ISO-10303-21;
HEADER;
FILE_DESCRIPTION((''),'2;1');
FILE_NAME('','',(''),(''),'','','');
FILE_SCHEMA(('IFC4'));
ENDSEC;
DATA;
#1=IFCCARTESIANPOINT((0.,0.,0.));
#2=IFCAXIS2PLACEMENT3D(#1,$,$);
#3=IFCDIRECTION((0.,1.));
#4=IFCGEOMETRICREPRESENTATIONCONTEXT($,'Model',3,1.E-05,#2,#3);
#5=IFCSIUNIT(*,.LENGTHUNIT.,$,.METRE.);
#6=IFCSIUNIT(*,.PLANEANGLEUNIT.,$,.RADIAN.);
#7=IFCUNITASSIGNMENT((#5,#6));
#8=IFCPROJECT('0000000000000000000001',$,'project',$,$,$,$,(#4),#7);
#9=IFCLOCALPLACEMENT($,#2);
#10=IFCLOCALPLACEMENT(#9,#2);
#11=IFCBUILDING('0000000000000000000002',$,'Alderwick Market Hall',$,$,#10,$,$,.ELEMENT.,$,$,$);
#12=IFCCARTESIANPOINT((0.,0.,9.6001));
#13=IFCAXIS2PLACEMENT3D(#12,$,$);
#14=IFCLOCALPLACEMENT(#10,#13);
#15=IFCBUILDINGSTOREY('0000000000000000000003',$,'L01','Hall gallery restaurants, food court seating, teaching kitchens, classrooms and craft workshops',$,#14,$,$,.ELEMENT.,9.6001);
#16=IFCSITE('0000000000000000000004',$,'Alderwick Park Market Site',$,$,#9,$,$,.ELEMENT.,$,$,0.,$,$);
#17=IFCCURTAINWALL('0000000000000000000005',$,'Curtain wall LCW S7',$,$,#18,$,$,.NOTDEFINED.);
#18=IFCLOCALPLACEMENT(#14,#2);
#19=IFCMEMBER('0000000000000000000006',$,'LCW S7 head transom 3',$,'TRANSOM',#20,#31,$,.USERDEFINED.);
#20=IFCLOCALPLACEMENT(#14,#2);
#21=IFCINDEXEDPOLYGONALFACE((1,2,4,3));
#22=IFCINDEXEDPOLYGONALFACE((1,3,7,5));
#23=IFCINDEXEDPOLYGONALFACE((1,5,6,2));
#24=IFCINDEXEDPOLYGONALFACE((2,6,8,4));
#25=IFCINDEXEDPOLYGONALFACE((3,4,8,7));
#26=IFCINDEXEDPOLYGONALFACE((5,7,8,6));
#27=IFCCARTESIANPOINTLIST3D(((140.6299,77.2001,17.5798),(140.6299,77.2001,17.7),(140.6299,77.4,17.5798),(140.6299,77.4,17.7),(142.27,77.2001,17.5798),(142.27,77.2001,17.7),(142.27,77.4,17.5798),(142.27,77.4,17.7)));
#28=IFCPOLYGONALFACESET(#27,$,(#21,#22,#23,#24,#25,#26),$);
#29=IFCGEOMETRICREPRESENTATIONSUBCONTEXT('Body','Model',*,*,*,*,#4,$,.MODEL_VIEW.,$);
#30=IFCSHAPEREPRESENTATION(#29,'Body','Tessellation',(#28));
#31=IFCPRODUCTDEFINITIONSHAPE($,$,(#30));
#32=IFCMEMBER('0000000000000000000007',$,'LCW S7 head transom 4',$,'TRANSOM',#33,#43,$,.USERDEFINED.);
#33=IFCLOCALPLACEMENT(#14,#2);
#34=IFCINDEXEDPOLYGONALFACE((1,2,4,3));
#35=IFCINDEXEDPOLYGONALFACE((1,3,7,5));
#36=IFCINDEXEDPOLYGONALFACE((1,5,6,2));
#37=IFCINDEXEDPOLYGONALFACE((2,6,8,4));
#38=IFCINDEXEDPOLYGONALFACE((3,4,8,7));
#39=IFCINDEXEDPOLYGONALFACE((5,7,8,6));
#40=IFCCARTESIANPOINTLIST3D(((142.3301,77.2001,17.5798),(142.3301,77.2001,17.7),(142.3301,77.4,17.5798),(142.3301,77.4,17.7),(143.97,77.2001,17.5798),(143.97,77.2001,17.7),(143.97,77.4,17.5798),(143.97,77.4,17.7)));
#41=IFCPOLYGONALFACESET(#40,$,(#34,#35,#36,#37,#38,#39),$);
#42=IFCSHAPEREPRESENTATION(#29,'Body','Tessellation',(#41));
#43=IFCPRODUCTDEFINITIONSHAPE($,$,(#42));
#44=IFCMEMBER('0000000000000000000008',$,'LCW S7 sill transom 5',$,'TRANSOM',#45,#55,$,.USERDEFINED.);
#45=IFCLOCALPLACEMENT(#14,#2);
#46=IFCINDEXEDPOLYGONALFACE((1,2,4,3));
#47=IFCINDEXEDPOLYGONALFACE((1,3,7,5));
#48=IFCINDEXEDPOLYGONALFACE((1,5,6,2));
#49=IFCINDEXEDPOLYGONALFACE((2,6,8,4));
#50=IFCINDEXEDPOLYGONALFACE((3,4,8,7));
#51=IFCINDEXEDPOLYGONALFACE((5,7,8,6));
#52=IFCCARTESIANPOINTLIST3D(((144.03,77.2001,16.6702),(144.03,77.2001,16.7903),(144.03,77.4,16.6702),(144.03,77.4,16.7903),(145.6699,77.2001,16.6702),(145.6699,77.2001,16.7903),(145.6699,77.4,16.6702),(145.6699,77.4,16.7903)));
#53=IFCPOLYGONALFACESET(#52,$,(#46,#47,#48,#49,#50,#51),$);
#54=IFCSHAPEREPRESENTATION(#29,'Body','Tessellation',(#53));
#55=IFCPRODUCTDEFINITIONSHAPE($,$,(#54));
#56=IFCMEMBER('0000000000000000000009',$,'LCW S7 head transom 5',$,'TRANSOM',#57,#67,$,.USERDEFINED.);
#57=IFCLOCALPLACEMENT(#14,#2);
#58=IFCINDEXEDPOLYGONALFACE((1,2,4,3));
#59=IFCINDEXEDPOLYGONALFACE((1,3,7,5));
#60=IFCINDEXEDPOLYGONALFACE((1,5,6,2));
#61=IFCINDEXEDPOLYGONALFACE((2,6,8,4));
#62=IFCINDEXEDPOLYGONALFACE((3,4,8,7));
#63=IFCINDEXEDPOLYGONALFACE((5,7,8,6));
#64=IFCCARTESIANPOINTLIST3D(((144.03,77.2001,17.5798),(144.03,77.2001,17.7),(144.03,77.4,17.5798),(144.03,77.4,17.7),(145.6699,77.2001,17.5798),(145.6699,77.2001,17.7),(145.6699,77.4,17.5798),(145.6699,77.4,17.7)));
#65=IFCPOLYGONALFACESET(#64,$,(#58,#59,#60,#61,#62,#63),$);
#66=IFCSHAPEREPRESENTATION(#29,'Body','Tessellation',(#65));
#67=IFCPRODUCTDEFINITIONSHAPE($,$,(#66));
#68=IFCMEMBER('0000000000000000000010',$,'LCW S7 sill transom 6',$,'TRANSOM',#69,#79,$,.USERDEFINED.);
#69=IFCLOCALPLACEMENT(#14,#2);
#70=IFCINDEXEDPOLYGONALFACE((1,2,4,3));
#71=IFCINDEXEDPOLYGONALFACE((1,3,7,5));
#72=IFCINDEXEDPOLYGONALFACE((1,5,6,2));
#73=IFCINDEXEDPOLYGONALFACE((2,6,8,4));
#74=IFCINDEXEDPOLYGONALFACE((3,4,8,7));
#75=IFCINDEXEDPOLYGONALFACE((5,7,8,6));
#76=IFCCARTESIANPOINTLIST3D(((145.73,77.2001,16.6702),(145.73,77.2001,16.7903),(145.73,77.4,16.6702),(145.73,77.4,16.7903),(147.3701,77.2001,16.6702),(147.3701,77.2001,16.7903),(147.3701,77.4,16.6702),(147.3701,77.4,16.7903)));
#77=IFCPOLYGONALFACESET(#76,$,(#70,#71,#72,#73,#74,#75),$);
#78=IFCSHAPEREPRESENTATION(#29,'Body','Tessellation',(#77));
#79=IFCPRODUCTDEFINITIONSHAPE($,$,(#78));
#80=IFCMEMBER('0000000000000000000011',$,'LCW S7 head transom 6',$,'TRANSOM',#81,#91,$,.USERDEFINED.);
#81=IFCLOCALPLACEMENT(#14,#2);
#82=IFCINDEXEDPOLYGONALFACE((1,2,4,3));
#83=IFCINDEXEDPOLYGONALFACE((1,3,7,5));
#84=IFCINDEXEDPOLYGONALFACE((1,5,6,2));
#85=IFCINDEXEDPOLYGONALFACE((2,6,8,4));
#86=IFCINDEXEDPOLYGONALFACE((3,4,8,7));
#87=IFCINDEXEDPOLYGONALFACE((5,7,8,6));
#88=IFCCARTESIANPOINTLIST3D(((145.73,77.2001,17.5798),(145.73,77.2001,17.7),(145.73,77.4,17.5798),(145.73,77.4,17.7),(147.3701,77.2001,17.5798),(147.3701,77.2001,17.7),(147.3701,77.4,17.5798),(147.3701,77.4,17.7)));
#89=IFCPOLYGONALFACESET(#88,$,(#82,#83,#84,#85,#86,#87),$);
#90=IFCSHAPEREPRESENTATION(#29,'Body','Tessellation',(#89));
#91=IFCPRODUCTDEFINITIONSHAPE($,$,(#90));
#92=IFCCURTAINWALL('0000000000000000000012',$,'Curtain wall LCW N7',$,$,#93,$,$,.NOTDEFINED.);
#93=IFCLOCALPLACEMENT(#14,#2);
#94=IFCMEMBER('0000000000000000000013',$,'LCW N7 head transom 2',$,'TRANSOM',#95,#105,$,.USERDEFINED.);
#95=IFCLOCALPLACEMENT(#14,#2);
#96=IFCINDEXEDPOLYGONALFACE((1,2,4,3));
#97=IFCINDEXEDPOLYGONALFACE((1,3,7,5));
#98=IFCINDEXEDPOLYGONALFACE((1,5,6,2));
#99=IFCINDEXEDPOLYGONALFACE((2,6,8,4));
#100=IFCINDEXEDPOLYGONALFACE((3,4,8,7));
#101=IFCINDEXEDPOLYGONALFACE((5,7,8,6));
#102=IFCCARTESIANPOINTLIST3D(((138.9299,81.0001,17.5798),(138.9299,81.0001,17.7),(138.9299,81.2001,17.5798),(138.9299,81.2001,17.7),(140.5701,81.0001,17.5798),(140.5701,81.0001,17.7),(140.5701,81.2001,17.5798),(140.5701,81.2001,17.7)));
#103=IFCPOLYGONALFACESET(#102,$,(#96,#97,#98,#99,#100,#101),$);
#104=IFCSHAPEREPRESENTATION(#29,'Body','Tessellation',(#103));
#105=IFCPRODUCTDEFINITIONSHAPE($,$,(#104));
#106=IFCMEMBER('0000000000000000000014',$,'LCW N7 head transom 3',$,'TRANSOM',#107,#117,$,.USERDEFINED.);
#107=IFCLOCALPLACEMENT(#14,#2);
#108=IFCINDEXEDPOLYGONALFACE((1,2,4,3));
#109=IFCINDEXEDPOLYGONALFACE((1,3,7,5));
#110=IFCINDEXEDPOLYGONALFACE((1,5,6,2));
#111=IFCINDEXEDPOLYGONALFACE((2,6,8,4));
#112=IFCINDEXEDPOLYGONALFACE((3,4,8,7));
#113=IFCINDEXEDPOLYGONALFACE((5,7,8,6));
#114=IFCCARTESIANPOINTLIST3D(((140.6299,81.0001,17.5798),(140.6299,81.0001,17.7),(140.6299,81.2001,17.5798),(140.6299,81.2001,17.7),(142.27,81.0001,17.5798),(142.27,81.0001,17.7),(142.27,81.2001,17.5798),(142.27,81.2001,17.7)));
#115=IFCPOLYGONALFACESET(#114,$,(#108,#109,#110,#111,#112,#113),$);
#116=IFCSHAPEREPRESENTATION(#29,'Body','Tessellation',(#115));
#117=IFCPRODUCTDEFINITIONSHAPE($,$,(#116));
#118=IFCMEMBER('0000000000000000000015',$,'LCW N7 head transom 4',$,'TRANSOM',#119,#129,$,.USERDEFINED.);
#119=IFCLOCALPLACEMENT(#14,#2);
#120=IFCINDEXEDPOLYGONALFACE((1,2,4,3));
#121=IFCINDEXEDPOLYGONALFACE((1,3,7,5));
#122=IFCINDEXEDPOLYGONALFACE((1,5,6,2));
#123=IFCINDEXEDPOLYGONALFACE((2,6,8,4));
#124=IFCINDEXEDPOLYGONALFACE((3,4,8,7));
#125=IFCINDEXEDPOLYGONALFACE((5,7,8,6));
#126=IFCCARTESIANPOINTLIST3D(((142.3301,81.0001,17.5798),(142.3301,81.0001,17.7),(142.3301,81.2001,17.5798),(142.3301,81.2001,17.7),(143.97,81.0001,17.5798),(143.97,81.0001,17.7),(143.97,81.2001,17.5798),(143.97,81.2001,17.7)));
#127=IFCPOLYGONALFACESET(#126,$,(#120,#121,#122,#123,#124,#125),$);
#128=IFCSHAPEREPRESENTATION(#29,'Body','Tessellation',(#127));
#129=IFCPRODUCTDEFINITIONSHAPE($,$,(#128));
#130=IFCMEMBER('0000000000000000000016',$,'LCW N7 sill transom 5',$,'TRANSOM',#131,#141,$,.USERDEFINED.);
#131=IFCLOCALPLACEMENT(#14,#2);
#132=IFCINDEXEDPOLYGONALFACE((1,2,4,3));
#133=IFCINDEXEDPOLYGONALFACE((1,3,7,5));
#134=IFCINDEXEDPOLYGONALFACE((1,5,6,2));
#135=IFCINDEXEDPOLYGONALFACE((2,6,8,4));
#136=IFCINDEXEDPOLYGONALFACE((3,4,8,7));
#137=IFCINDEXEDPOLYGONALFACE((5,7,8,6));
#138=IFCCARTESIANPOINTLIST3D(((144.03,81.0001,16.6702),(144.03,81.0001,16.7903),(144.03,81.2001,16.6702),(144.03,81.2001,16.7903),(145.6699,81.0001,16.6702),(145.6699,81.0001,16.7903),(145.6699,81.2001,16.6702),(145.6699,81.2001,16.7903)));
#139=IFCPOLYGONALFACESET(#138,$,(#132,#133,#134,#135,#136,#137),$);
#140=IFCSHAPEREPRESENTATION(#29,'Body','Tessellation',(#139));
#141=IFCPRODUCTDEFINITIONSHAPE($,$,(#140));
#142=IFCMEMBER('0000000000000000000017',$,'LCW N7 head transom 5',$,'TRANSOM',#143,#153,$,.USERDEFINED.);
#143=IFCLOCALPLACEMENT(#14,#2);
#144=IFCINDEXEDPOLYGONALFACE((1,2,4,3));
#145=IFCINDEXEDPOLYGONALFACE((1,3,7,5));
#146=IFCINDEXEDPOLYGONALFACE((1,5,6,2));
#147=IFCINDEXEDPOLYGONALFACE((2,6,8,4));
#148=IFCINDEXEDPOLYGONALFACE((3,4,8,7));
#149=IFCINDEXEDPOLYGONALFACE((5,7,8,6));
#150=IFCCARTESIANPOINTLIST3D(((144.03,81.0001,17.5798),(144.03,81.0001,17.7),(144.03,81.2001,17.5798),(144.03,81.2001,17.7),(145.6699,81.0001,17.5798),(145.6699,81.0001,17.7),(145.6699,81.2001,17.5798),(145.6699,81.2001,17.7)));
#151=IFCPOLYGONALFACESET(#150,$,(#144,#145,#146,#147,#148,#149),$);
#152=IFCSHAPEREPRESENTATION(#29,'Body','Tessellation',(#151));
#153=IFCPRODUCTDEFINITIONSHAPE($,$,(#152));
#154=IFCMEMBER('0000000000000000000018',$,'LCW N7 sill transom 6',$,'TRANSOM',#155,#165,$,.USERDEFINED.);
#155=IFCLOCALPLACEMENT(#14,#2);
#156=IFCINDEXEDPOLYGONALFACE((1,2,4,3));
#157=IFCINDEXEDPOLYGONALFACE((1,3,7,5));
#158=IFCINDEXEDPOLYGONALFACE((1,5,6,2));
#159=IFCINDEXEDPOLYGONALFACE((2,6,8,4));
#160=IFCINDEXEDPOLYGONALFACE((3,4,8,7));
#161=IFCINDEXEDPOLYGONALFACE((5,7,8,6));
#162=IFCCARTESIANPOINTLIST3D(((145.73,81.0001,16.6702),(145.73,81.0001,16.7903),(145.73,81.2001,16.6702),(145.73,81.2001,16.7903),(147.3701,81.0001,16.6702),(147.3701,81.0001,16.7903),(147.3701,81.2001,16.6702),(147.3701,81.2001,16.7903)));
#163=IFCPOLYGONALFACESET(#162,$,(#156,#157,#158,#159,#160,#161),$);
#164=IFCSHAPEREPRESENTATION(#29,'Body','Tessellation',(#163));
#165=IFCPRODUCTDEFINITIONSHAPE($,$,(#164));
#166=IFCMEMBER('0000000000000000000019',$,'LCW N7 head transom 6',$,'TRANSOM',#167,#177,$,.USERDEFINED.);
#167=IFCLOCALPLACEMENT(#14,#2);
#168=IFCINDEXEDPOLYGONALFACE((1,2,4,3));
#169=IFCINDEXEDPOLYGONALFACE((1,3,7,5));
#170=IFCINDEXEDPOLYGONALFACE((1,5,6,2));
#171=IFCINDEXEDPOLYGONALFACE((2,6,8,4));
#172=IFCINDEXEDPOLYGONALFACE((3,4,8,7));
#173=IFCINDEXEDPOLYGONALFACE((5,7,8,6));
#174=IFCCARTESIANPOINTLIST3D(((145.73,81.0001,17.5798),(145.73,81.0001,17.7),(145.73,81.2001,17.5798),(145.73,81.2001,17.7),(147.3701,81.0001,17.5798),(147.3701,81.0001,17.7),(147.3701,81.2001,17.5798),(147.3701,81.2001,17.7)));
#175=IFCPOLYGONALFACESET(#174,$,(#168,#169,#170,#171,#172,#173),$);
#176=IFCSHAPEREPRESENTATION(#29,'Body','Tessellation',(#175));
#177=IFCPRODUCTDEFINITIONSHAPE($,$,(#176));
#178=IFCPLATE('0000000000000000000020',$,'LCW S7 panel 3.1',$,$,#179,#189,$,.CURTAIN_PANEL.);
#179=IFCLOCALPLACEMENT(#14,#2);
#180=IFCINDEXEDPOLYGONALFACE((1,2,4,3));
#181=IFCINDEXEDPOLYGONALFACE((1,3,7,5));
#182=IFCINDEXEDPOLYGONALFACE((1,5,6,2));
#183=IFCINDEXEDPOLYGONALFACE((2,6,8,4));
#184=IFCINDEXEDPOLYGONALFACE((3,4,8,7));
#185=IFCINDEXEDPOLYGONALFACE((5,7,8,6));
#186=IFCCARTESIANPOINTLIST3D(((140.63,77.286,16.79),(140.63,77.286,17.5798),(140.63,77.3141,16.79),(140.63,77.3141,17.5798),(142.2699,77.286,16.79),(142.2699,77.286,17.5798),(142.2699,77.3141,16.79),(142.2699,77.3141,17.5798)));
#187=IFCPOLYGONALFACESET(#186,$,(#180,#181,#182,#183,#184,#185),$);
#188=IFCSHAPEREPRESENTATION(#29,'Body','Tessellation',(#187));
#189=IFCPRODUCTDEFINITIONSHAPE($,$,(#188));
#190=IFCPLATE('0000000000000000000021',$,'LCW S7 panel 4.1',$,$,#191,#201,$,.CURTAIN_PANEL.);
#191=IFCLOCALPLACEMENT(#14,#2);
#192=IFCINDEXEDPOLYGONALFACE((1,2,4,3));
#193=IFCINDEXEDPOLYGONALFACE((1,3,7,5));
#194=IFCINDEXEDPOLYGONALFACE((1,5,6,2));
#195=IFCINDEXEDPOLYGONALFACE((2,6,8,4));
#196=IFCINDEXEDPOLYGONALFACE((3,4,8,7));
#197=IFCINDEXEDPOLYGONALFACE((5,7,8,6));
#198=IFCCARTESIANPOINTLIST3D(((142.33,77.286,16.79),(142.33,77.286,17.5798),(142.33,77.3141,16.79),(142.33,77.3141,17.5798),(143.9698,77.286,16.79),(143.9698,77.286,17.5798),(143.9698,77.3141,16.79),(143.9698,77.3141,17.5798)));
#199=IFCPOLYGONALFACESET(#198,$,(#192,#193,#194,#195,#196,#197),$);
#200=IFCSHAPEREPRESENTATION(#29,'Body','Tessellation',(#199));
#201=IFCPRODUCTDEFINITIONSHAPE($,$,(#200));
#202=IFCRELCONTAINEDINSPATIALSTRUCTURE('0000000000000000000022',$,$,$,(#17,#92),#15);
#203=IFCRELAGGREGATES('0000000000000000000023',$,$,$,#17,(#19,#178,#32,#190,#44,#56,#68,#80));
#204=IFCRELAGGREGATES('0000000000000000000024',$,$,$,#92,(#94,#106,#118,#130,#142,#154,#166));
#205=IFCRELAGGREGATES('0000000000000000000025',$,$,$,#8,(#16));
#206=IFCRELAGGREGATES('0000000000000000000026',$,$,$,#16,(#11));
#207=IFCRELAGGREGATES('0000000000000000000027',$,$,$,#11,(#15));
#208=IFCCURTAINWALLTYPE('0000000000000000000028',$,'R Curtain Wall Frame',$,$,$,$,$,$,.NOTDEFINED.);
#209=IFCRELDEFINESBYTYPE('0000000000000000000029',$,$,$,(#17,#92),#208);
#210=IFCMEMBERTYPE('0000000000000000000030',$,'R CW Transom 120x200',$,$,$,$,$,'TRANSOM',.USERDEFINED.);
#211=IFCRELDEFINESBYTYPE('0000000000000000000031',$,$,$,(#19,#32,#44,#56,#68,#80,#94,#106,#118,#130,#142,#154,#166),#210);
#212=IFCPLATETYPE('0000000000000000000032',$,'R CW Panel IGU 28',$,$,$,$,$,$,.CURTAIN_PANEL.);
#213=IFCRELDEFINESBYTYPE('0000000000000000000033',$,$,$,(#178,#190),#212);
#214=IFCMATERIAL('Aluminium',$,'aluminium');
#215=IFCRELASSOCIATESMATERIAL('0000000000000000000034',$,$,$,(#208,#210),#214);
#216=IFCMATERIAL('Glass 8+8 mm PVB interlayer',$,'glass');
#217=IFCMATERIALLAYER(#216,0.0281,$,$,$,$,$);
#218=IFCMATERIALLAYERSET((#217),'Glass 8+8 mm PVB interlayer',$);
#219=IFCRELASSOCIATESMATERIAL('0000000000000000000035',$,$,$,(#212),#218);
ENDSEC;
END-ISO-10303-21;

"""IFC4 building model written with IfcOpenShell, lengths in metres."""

from ifc_helpers import new_model, si_unit, direction, frame, origin, origin_2d, place, context, subcontext, project, spatial, rectangle, extrude, material, layer, layer_set, material_profile, profile_set, type_object, element, aggregate, save


model = new_model("IFC4")

# Units and contexts
model_context = context("Model", 3, precision=1e-05, world=origin(), true_north=direction((0.0, 1.0)))
body_context = subcontext(model_context, "Body", "Model", "MODEL_VIEW")
ifc_project = project(units=[si_unit("LENGTHUNIT", "METRE"), si_unit("PLANEANGLEUNIT", "RADIAN")], contexts=[model_context])

# Site, building, storey
site_placement = place(None, origin())
site = spatial("IfcSite", under=ifc_project, at=site_placement, Name="Alderwick Park Market Site", CompositionType="ELEMENT", RefElevation=0.0)
building_placement = place(site_placement, origin())
building = spatial("IfcBuilding", under=site, at=building_placement, Name="Alderwick Market Hall", CompositionType="ELEMENT")
storey_placement = place(building_placement, frame((0.0, 0.0, 9.6001)))
storey = spatial("IfcBuildingStorey", under=building, at=storey_placement, Name="L01", Description="Hall gallery restaurants, food court seating, teaching kitchens, classrooms and craft workshops", CompositionType="ELEMENT", Elevation=9.6001)

# Curtain walls, members
ifc_material_1 = material(Name="Aluminium", Category="aluminium")
curtain_wall_type = type_object("IfcCurtainWallType", Name="R Curtain Wall Frame", PredefinedType="NOTDEFINED", material=ifc_material_1)
curtain_wall_1_placement = place(storey_placement, origin())
curtain_wall_1 = element("IfcCurtainWall", 1, at=curtain_wall_1_placement, inside=storey, type_object=curtain_wall_type, Name="Curtain wall LCW S7", PredefinedType="NOTDEFINED")
ifc_material_profile = material_profile(ifc_material_1, rectangle(XDim=0.2, YDim=0.1201, at=origin_2d()), Name="AL 120x200")
ifc_profile_set = profile_set([ifc_material_profile], Name="Aluminium")
member_type = type_object("IfcMemberType", Name="R CW Transom 120x200", ElementType="TRANSOM", PredefinedType="USERDEFINED", material=ifc_profile_set)
member_1_placement = place(storey_placement, frame((140.6299, 77.3, 17.6399), z_axis=(1.0, 0.0, 0.0), x_axis=(0.0, 1.0, 0.0)))
member_1 = element("IfcMember", 2, at=member_1_placement, type_object=member_type, Name="LCW S7 head transom 3", ObjectType="TRANSOM", PredefinedType="USERDEFINED", context=body_context, shape_type="SweptSolid", body=[
    extrude(rectangle(XDim=0.2, YDim=0.1201, at=origin_2d()), origin(), (0.0, 0.0, 1.0), 1.6401),
])
member_2_placement = place(storey_placement, frame((142.3301, 77.3, 17.6399), z_axis=(1.0, 0.0, 0.0), x_axis=(0.0, 1.0, 0.0)))
member_2 = element("IfcMember", 3, at=member_2_placement, type_object=member_type, Name="LCW S7 head transom 4", ObjectType="TRANSOM", PredefinedType="USERDEFINED", context=body_context, shape_type="SweptSolid", body=[
    extrude(rectangle(XDim=0.2, YDim=0.1201, at=origin_2d()), origin(), (0.0, 0.0, 1.0), 1.6399),
])
member_3_placement = place(storey_placement, frame((144.03, 77.3, 16.7302), z_axis=(1.0, 0.0, 0.0), x_axis=(0.0, 1.0, 0.0)))
member_3 = element("IfcMember", 4, at=member_3_placement, type_object=member_type, Name="LCW S7 sill transom 5", ObjectType="TRANSOM", PredefinedType="USERDEFINED", context=body_context, shape_type="SweptSolid", body=[
    extrude(rectangle(XDim=0.2, YDim=0.1201, at=origin_2d()), origin(), (0.0, 0.0, 1.0), 1.6399),
])
member_4_placement = place(storey_placement, frame((144.03, 77.3, 17.6399), z_axis=(1.0, 0.0, 0.0), x_axis=(0.0, 1.0, 0.0)))
member_4 = element("IfcMember", 5, at=member_4_placement, type_object=member_type, Name="LCW S7 head transom 5", ObjectType="TRANSOM", PredefinedType="USERDEFINED", context=body_context, shape_type="SweptSolid", body=[
    extrude(rectangle(XDim=0.2, YDim=0.1201, at=origin_2d()), origin(), (0.0, 0.0, 1.0), 1.6399),
])
member_5_placement = place(storey_placement, frame((145.73, 77.3, 16.7302), z_axis=(1.0, 0.0, 0.0), x_axis=(0.0, 1.0, 0.0)))
member_5 = element("IfcMember", 6, at=member_5_placement, type_object=member_type, Name="LCW S7 sill transom 6", ObjectType="TRANSOM", PredefinedType="USERDEFINED", context=body_context, shape_type="SweptSolid", body=[
    extrude(rectangle(XDim=0.2, YDim=0.1201, at=origin_2d()), origin(), (0.0, 0.0, 1.0), 1.6401),
])
member_6_placement = place(storey_placement, frame((145.73, 77.3, 17.6399), z_axis=(1.0, 0.0, 0.0), x_axis=(0.0, 1.0, 0.0)))
member_6 = element("IfcMember", 7, at=member_6_placement, type_object=member_type, Name="LCW S7 head transom 6", ObjectType="TRANSOM", PredefinedType="USERDEFINED", context=body_context, shape_type="SweptSolid", body=[
    extrude(rectangle(XDim=0.2, YDim=0.1201, at=origin_2d()), origin(), (0.0, 0.0, 1.0), 1.6401),
])
curtain_wall_2_placement = place(storey_placement, origin())
curtain_wall_2 = element("IfcCurtainWall", 8, at=curtain_wall_2_placement, inside=storey, type_object=curtain_wall_type, Name="Curtain wall LCW N7", PredefinedType="NOTDEFINED")
member_7_placement = place(storey_placement, frame((138.9299, 81.1001, 17.6399), z_axis=(1.0, 0.0, 0.0), x_axis=(0.0, 1.0, 0.0)))
member_7 = element("IfcMember", 9, at=member_7_placement, type_object=member_type, Name="LCW N7 head transom 2", ObjectType="TRANSOM", PredefinedType="USERDEFINED", context=body_context, shape_type="SweptSolid", body=[
    extrude(rectangle(XDim=0.2, YDim=0.1201, at=origin_2d()), origin(), (0.0, 0.0, 1.0), 1.6401),
])
member_8_placement = place(storey_placement, frame((140.6299, 81.1001, 17.6399), z_axis=(1.0, 0.0, 0.0), x_axis=(0.0, 1.0, 0.0)))
member_8 = element("IfcMember", 10, at=member_8_placement, type_object=member_type, Name="LCW N7 head transom 3", ObjectType="TRANSOM", PredefinedType="USERDEFINED", context=body_context, shape_type="SweptSolid", body=[
    extrude(rectangle(XDim=0.2, YDim=0.1201, at=origin_2d()), origin(), (0.0, 0.0, 1.0), 1.6401),
])
member_9_placement = place(storey_placement, frame((142.3301, 81.1001, 17.6399), z_axis=(1.0, 0.0, 0.0), x_axis=(0.0, 1.0, 0.0)))
member_9 = element("IfcMember", 11, at=member_9_placement, type_object=member_type, Name="LCW N7 head transom 4", ObjectType="TRANSOM", PredefinedType="USERDEFINED", context=body_context, shape_type="SweptSolid", body=[
    extrude(rectangle(XDim=0.2, YDim=0.1201, at=origin_2d()), origin(), (0.0, 0.0, 1.0), 1.6399),
])
member_10_placement = place(storey_placement, frame((144.03, 81.1001, 16.7302), z_axis=(1.0, 0.0, 0.0), x_axis=(0.0, 1.0, 0.0)))
member_10 = element("IfcMember", 12, at=member_10_placement, type_object=member_type, Name="LCW N7 sill transom 5", ObjectType="TRANSOM", PredefinedType="USERDEFINED", context=body_context, shape_type="SweptSolid", body=[
    extrude(rectangle(XDim=0.2, YDim=0.1201, at=origin_2d()), origin(), (0.0, 0.0, 1.0), 1.6399),
])
member_11_placement = place(storey_placement, frame((144.03, 81.1001, 17.6399), z_axis=(1.0, 0.0, 0.0), x_axis=(0.0, 1.0, 0.0)))
member_11 = element("IfcMember", 13, at=member_11_placement, type_object=member_type, Name="LCW N7 head transom 5", ObjectType="TRANSOM", PredefinedType="USERDEFINED", context=body_context, shape_type="SweptSolid", body=[
    extrude(rectangle(XDim=0.2, YDim=0.1201, at=origin_2d()), origin(), (0.0, 0.0, 1.0), 1.6399),
])
member_12_placement = place(storey_placement, frame((145.73, 81.1001, 16.7302), z_axis=(1.0, 0.0, 0.0), x_axis=(0.0, 1.0, 0.0)))
member_12 = element("IfcMember", 14, at=member_12_placement, type_object=member_type, Name="LCW N7 sill transom 6", ObjectType="TRANSOM", PredefinedType="USERDEFINED", context=body_context, shape_type="SweptSolid", body=[
    extrude(rectangle(XDim=0.2, YDim=0.1201, at=origin_2d()), origin(), (0.0, 0.0, 1.0), 1.6401),
])
member_13_placement = place(storey_placement, frame((145.73, 81.1001, 17.6399), z_axis=(1.0, 0.0, 0.0), x_axis=(0.0, 1.0, 0.0)))
member_13 = element("IfcMember", 15, at=member_13_placement, type_object=member_type, Name="LCW N7 head transom 6", ObjectType="TRANSOM", PredefinedType="USERDEFINED", context=body_context, shape_type="SweptSolid", body=[
    extrude(rectangle(XDim=0.2, YDim=0.1201, at=origin_2d()), origin(), (0.0, 0.0, 1.0), 1.6401),
])

# Plates
ifc_material_2 = material(Name="Glass 8+8 mm PVB interlayer", Category="glass")
ifc_layer = layer(ifc_material_2, 0.0281)
ifc_layer_set = layer_set([ifc_layer], Name="Glass 8+8 mm PVB interlayer")
plate_type = type_object("IfcPlateType", Name="R CW Panel IGU 28", PredefinedType="CURTAIN_PANEL", material=ifc_layer_set)
plate_1_placement = place(storey_placement, frame((141.45, 77.3, 16.79), z_axis=(0.0, 0.0, 1.0), x_axis=(1.0, 0.0, 0.0)))
plate_1 = element("IfcPlate", 16, at=plate_1_placement, type_object=plate_type, Name="LCW S7 panel 3.1", PredefinedType="CURTAIN_PANEL", context=body_context, shape_type="SweptSolid", body=[
    extrude(rectangle(XDim=1.6399, YDim=0.0281, at=origin_2d()), origin(), (0.0, 0.0, 1.0), 0.7898),
])
plate_2_placement = place(storey_placement, frame((143.1499, 77.3, 16.79), z_axis=(0.0, 0.0, 1.0), x_axis=(1.0, 0.0, 0.0)))
plate_2 = element("IfcPlate", 17, at=plate_2_placement, type_object=plate_type, Name="LCW S7 panel 4.1", PredefinedType="CURTAIN_PANEL", context=body_context, shape_type="SweptSolid", body=[
    extrude(rectangle(XDim=1.6399, YDim=0.0281, at=origin_2d()), origin(), (0.0, 0.0, 1.0), 0.7898),
])
aggregate(curtain_wall_1, [member_1, plate_1, member_2, plate_2, member_3, member_4, member_5, member_6])
aggregate(curtain_wall_2, [member_7, member_8, member_9, member_10, member_11, member_12, member_13])

save(model, "model.ifc")
